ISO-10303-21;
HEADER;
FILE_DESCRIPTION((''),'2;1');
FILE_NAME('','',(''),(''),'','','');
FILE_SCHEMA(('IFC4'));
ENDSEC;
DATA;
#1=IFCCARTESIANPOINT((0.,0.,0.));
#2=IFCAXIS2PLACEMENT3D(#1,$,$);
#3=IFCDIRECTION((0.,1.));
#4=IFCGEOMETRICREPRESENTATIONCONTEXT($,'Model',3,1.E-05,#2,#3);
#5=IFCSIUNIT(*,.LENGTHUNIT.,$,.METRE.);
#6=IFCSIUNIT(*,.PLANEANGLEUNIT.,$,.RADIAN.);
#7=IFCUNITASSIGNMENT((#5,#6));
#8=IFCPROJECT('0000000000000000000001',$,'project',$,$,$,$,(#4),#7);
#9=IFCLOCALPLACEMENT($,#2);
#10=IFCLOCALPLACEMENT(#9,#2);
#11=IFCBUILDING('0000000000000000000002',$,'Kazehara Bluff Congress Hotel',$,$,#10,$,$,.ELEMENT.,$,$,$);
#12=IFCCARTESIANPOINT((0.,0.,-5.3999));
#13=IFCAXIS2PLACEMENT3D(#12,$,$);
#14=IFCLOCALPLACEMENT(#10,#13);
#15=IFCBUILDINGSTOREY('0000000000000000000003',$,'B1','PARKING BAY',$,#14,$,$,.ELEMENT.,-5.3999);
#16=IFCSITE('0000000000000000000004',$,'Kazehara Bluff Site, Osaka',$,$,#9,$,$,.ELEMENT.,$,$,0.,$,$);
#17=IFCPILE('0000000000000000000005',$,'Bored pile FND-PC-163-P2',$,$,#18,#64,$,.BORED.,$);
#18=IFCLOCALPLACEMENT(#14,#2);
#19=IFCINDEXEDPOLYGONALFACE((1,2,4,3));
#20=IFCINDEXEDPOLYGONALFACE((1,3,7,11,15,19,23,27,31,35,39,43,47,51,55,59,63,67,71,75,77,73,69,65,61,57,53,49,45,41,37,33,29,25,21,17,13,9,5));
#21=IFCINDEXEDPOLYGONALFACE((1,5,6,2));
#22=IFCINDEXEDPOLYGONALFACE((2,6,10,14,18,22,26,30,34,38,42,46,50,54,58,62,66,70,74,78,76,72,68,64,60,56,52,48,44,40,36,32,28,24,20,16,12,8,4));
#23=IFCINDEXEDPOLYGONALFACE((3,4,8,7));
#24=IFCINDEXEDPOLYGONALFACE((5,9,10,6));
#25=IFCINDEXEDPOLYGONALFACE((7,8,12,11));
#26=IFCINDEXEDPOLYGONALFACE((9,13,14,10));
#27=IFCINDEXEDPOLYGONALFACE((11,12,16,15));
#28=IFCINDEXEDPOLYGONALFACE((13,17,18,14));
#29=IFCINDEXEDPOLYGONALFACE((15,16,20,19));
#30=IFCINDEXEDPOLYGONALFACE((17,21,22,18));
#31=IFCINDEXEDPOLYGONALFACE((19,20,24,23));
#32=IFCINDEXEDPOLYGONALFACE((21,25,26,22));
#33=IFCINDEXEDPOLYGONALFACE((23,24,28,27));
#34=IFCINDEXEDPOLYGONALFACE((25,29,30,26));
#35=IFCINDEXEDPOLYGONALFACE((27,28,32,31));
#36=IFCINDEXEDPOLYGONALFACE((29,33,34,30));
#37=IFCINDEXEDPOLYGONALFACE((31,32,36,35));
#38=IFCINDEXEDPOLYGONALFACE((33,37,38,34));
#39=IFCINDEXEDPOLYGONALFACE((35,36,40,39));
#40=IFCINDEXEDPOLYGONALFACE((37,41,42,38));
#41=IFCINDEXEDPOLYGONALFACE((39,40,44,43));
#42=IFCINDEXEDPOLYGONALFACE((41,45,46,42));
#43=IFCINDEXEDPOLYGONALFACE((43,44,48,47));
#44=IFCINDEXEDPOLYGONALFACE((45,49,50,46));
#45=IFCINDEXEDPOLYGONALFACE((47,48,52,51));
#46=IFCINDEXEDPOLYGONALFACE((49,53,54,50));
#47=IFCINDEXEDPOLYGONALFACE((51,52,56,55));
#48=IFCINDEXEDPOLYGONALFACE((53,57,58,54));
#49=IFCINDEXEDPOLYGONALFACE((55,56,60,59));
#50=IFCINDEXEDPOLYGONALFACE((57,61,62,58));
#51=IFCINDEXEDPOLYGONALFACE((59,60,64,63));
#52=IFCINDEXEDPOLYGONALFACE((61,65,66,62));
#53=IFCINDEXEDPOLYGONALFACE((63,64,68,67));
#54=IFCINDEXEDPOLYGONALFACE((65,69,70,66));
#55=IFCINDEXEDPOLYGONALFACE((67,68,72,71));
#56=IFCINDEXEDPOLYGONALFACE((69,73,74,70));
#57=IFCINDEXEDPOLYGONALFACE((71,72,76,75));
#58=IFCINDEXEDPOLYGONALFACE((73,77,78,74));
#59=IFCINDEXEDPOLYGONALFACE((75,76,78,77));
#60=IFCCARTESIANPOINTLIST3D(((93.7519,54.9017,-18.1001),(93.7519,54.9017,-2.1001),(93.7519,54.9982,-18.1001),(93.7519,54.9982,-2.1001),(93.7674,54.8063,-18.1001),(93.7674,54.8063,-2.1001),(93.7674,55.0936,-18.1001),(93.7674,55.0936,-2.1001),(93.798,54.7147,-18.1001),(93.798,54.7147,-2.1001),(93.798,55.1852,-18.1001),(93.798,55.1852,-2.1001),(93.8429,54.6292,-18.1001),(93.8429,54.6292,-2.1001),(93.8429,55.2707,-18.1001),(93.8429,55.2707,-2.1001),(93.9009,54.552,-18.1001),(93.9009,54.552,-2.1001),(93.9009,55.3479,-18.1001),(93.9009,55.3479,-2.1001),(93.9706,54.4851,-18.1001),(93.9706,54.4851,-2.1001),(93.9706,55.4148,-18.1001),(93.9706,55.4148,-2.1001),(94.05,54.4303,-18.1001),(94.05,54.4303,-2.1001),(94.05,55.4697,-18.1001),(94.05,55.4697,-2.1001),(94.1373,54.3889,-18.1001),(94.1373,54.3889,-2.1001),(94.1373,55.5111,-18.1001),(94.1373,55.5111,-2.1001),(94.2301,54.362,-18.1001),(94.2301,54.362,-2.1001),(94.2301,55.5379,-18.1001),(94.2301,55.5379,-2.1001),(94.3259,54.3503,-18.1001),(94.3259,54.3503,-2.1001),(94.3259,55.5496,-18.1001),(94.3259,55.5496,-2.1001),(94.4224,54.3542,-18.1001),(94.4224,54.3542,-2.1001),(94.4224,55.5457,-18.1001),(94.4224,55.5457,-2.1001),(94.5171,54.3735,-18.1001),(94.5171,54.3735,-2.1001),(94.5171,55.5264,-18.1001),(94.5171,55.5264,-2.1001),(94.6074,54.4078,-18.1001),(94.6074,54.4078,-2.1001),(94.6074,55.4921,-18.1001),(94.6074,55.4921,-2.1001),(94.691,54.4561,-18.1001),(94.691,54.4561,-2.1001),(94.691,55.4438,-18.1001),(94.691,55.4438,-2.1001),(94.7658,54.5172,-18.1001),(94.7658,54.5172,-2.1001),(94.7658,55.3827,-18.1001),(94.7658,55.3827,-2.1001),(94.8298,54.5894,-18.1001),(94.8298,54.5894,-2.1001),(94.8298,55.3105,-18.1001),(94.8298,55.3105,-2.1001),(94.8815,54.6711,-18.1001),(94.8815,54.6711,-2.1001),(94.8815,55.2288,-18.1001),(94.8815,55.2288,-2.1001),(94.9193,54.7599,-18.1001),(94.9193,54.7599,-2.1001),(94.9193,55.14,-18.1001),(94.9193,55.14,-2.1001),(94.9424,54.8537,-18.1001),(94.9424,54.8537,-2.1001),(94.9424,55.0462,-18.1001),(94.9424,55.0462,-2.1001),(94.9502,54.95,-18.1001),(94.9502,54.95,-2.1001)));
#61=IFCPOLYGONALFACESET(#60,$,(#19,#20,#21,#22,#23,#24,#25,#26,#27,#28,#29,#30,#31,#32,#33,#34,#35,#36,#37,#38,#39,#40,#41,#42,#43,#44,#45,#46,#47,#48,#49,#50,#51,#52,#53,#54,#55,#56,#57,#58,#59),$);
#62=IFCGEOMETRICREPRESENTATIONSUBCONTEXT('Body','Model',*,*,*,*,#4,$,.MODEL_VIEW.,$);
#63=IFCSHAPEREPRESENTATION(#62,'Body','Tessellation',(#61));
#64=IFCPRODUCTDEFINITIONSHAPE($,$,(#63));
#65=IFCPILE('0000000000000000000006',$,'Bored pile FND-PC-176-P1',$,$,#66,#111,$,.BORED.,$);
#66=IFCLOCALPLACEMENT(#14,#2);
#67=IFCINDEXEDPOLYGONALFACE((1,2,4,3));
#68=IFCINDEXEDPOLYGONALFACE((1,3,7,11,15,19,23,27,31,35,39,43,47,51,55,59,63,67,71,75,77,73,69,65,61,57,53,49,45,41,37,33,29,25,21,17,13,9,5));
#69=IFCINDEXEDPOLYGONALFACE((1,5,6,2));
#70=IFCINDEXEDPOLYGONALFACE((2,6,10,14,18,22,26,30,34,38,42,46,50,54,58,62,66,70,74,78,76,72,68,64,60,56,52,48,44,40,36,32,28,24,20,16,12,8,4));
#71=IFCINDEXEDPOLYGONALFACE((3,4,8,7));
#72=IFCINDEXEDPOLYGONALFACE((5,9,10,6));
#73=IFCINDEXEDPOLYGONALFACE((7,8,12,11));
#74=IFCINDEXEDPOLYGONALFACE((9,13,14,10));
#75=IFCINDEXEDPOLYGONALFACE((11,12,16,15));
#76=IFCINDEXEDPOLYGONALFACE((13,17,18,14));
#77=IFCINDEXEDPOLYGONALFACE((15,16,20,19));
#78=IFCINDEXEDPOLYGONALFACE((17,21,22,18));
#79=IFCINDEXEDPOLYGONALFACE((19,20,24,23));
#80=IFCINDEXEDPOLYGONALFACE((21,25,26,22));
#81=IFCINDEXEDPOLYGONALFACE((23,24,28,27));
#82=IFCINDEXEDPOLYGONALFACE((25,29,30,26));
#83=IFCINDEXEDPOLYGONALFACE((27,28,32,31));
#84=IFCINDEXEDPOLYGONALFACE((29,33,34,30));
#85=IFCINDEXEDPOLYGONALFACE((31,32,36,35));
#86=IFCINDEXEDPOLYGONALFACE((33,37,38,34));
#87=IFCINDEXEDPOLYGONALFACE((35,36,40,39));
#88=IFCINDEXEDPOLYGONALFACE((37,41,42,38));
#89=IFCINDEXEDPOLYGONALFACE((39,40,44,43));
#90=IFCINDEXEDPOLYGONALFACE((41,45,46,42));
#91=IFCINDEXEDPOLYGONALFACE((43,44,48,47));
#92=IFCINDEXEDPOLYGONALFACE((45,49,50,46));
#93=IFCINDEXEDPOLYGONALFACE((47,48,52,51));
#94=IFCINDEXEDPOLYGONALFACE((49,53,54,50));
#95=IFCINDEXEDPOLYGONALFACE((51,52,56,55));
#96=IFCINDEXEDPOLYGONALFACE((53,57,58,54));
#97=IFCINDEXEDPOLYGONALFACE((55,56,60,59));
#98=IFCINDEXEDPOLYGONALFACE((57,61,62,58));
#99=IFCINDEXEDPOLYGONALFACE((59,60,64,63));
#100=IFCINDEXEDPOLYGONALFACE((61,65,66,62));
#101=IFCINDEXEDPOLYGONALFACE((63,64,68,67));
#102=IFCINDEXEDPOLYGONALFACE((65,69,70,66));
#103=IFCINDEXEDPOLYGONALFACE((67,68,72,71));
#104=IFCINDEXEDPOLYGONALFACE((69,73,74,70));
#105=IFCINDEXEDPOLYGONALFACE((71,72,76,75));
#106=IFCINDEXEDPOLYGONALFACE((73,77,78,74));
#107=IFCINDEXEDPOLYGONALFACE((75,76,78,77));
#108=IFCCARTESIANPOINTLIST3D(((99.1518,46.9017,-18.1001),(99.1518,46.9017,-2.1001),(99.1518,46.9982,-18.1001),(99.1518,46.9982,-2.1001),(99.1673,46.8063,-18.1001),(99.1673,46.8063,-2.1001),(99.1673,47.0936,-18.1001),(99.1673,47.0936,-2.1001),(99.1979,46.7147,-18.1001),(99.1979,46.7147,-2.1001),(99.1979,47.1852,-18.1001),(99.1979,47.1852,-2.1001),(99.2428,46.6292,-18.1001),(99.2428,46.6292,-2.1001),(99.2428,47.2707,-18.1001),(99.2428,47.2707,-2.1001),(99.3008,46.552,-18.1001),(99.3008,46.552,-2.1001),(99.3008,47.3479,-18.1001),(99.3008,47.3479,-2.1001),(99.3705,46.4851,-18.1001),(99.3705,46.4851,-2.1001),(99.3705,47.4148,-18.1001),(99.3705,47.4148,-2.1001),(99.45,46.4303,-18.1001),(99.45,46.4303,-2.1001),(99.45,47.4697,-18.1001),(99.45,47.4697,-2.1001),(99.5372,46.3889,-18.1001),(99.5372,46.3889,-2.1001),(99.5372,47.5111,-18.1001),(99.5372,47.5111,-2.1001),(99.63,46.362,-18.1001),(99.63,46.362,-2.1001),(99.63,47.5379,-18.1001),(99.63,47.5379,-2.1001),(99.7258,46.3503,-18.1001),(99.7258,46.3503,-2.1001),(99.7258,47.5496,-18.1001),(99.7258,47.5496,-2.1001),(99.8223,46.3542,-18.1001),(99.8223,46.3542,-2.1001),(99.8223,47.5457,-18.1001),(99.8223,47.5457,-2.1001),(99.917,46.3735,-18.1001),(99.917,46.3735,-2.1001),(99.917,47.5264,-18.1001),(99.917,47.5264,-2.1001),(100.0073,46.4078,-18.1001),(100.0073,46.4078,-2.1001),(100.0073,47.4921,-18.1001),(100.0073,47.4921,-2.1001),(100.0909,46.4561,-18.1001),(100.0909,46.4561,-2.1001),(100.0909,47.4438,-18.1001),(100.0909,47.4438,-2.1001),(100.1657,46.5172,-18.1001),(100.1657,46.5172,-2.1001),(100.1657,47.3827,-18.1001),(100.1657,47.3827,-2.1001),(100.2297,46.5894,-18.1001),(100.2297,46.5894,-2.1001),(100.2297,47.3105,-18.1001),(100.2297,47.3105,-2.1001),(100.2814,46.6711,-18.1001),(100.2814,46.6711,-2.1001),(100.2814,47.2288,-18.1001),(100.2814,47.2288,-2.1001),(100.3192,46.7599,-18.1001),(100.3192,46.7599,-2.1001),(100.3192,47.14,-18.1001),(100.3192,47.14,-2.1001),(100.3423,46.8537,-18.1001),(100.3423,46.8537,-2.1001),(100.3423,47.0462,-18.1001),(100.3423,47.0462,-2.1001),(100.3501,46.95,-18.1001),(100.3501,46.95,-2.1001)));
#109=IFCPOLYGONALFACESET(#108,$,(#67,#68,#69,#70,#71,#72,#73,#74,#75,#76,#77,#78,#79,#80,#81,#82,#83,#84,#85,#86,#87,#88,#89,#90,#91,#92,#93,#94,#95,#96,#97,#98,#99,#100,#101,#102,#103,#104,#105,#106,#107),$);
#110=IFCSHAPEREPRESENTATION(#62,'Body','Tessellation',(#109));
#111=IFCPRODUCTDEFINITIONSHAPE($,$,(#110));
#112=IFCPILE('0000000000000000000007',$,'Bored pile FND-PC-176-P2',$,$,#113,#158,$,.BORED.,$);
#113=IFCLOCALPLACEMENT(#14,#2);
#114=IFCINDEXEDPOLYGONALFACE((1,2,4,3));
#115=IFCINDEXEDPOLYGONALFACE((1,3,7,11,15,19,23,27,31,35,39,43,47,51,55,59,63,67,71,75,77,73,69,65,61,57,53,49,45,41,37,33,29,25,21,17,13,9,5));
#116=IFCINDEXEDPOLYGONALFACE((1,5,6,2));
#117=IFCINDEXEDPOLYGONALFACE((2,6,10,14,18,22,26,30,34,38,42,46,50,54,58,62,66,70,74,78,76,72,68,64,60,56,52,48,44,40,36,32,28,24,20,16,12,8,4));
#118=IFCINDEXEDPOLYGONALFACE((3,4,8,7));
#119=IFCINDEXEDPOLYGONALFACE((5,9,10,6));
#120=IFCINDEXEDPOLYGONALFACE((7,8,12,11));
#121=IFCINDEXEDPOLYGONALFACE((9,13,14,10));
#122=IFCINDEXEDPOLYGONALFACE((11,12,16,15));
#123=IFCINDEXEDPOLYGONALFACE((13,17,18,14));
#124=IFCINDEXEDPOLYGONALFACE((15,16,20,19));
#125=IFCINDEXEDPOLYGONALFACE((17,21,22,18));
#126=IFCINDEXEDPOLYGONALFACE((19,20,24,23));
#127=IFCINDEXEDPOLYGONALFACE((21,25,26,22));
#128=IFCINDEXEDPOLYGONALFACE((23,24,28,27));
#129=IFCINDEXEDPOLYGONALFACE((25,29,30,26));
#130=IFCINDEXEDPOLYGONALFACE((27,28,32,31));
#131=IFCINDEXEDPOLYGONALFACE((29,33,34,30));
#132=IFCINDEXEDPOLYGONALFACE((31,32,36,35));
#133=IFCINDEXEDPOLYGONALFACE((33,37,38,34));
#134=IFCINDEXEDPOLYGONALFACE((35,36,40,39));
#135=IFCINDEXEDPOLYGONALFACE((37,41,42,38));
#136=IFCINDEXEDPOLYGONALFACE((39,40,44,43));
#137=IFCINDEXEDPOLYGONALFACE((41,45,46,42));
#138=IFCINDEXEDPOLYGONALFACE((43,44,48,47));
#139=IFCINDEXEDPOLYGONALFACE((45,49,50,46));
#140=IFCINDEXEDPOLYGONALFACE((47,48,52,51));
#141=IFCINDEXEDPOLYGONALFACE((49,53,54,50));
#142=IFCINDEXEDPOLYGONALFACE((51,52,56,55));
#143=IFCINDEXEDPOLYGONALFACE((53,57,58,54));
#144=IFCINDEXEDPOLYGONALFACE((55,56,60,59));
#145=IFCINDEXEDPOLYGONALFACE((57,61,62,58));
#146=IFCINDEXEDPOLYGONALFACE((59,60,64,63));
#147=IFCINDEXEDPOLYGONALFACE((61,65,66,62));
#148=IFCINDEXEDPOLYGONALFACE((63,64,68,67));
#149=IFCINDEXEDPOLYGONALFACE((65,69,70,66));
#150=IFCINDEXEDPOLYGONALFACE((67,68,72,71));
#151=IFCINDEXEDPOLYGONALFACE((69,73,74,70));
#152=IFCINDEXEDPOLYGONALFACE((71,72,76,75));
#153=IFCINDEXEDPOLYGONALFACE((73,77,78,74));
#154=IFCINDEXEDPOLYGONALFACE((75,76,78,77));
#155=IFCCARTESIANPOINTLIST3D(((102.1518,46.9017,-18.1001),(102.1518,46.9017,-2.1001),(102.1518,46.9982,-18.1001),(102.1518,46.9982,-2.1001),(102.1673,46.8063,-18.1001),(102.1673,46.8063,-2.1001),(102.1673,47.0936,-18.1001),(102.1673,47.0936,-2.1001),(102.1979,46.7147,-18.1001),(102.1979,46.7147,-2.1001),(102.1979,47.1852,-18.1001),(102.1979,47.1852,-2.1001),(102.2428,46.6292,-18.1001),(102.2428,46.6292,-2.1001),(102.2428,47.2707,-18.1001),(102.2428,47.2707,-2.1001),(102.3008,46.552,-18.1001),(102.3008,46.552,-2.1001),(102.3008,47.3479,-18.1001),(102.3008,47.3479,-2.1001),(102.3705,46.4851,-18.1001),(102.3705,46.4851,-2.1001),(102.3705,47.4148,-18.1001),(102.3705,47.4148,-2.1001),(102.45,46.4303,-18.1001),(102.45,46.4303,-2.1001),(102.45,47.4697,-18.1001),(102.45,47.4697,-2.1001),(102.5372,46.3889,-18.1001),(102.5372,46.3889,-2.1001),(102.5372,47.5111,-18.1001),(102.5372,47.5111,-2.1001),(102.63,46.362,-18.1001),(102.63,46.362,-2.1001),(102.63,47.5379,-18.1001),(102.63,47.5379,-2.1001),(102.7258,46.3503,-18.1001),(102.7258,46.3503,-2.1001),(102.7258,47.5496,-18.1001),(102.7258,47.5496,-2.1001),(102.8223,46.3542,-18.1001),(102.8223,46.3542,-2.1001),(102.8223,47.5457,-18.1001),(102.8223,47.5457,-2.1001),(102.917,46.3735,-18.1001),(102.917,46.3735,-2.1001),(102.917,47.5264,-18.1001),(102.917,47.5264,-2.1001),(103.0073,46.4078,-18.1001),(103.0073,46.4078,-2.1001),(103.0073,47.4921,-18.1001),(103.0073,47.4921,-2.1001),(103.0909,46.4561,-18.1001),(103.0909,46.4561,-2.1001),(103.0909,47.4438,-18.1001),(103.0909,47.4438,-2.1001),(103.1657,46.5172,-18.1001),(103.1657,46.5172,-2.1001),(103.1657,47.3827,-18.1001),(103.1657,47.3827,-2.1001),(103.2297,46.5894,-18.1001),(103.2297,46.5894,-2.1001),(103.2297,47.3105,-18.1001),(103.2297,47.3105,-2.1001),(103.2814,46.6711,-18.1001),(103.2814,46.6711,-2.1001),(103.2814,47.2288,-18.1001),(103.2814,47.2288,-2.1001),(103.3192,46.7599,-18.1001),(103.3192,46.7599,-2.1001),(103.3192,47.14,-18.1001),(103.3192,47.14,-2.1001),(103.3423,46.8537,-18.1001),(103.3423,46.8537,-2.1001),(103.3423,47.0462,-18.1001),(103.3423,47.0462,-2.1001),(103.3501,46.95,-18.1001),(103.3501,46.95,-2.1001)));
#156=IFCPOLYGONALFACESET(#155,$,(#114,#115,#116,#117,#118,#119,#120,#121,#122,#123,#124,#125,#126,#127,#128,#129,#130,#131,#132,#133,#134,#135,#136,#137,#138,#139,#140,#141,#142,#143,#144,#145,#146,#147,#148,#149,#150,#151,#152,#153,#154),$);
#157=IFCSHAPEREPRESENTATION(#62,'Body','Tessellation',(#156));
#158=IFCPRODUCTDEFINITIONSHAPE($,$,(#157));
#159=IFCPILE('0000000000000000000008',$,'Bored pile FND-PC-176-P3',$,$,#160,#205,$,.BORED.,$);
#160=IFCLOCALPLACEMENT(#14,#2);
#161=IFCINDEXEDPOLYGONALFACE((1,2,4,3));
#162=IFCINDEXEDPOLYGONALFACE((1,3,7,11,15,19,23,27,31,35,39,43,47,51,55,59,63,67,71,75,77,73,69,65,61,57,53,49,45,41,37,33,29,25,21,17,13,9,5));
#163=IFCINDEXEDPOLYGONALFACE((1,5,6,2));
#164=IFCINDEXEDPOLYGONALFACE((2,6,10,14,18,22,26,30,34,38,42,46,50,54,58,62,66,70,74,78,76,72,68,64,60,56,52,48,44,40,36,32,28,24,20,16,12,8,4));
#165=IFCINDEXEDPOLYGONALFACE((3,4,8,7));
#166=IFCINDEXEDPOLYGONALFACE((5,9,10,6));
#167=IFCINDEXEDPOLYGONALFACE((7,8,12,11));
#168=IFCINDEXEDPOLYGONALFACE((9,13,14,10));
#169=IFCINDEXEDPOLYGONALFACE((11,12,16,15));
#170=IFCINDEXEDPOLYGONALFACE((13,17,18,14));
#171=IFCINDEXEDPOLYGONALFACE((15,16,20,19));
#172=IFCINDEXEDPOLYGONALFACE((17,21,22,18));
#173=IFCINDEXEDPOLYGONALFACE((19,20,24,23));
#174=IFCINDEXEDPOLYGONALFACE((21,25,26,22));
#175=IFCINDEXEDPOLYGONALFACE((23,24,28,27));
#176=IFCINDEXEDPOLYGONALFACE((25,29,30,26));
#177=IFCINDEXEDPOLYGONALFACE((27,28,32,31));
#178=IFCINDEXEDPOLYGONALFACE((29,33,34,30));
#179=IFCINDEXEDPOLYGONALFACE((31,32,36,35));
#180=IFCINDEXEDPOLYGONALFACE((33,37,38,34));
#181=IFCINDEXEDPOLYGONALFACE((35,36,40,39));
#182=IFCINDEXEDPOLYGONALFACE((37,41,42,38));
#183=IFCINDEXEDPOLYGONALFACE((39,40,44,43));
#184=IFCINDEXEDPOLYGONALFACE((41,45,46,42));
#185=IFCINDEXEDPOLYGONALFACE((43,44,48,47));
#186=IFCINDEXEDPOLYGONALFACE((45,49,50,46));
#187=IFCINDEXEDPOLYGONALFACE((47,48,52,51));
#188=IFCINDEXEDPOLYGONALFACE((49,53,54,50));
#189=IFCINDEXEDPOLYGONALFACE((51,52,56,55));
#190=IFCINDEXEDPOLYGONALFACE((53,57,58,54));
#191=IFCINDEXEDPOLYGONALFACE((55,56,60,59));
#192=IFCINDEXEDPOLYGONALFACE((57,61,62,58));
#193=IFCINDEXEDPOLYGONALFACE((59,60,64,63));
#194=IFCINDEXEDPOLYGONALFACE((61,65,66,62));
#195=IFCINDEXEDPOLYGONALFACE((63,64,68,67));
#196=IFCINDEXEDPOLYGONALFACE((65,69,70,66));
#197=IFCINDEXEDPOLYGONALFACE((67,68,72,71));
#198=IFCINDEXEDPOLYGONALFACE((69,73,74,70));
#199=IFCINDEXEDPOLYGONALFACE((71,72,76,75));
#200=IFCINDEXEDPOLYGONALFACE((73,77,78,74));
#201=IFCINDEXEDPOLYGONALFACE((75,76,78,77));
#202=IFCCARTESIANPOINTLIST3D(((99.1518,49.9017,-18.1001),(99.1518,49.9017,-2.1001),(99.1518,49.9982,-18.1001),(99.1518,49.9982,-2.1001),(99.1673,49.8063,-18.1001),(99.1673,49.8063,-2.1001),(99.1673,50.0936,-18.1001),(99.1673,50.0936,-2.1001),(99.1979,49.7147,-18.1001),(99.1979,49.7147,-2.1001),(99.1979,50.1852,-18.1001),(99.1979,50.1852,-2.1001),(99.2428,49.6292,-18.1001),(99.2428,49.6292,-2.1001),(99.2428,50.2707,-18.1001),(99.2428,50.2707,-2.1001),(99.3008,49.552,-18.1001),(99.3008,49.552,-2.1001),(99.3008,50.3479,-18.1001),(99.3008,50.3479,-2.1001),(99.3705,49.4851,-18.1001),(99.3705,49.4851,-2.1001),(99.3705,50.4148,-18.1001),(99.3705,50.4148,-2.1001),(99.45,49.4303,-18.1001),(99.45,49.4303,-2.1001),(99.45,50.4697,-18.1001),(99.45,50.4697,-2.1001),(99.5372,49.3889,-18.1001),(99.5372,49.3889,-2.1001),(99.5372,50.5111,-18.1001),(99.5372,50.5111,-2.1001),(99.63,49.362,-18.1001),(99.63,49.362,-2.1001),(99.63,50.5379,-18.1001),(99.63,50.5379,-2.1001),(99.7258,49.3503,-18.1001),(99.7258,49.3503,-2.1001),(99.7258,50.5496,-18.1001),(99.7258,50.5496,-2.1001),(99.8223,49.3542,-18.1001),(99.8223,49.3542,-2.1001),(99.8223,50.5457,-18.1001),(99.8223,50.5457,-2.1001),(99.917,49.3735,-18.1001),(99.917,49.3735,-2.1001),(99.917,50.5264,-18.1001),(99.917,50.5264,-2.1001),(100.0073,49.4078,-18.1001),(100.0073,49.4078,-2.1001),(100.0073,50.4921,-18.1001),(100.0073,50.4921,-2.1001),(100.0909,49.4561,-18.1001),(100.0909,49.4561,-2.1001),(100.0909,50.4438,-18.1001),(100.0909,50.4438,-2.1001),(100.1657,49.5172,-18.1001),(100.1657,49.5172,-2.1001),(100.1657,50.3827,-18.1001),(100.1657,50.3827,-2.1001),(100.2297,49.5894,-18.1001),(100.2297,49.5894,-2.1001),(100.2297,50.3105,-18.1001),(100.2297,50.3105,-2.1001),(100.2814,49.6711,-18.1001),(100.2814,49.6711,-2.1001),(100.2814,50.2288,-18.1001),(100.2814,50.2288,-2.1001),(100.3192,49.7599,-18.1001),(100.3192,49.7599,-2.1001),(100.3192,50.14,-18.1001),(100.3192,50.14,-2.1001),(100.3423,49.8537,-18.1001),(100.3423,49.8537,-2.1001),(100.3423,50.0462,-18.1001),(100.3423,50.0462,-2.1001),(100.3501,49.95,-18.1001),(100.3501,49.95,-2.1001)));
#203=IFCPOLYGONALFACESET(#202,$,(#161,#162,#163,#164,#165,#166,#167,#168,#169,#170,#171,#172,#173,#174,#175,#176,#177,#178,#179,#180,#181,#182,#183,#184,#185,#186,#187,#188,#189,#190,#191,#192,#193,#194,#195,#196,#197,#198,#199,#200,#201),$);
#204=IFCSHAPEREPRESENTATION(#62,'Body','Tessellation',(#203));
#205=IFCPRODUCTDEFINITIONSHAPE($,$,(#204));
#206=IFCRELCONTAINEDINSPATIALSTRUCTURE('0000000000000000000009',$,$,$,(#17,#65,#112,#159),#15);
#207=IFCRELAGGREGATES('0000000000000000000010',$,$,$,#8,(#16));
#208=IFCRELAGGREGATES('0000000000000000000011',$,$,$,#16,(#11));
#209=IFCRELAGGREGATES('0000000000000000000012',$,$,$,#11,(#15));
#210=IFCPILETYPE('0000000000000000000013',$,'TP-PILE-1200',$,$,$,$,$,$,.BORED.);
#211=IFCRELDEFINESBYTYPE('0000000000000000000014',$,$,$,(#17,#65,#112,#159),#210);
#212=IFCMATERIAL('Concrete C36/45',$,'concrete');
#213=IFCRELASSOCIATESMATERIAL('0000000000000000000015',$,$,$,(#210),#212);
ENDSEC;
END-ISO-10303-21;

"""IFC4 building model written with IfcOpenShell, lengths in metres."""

from ifc_helpers import new_model, si_unit, direction, frame, origin, origin_2d, place, context, subcontext, project, spatial, circle, extrude, material, material_profile, profile_set, type_object, element, save


model = new_model("IFC4")

# Units and contexts
model_context = context("Model", 3, precision=1e-05, world=origin(), true_north=direction((0.0, 1.0)))
body_context = subcontext(model_context, "Body", "Model", "MODEL_VIEW")
ifc_project = project(units=[si_unit("LENGTHUNIT", "METRE"), si_unit("PLANEANGLEUNIT", "RADIAN")], contexts=[model_context])

# Site, building, storey
site_placement = place(None, origin())
site = spatial("IfcSite", under=ifc_project, at=site_placement, Name="Kazehara Bluff Site, Osaka", CompositionType="ELEMENT", RefElevation=0.0)
building_placement = place(site_placement, origin())
building = spatial("IfcBuilding", under=site, at=building_placement, Name="Kazehara Bluff Congress Hotel", CompositionType="ELEMENT")
storey_placement = place(building_placement, frame((0.0, 0.0, -5.3999)))
storey = spatial("IfcBuildingStorey", under=building, at=storey_placement, Name="B1", Description="PARKING BAY", CompositionType="ELEMENT", Elevation=-5.3999)

# Piles
ifc_material_1 = material(Name="Concrete C36/45", Category="concrete")
ifc_material_profile_1 = material_profile(ifc_material_1, circle(Radius=0.6001, at=origin_2d()))
ifc_profile_set_1 = profile_set([ifc_material_profile_1], Name="Concrete C36/45")
pile_type = type_object("IfcPileType", Name="TP-PILE-1200", PredefinedType="BORED", material=ifc_profile_set_1)
for number, where, z_axis, x_axis, name in (
    (1, (94.3501, 54.95, -2.1001), (0.0, 0.0, -1.0), (1.0, 0.0, 0.0), "Bored pile FND-PC-163-P2"),
    (2, (99.75, 46.95, -2.1001), (0.0, 0.0, -1.0), (1.0, 0.0, 0.0), "Bored pile FND-PC-176-P1"),
    (3, (102.75, 46.95, -2.1001), (0.0, 0.0, -1.0), (1.0, 0.0, 0.0), "Bored pile FND-PC-176-P2"),
    (4, (99.75, 49.95, -2.1001), (0.0, 0.0, -1.0), (1.0, 0.0, 0.0), "Bored pile FND-PC-176-P3"),
):
    element("IfcPile", number, at=place(storey_placement, frame(where, z_axis=z_axis, x_axis=x_axis)), inside=storey, type_object=pile_type, Name=name, PredefinedType="BORED", context=body_context, shape_type="SweptSolid", body=[
        extrude(circle(Radius=0.6001, at=origin_2d()), origin(), (0.0, 0.0, 1.0), 16.0),
    ])

save(model, "model.ifc")
